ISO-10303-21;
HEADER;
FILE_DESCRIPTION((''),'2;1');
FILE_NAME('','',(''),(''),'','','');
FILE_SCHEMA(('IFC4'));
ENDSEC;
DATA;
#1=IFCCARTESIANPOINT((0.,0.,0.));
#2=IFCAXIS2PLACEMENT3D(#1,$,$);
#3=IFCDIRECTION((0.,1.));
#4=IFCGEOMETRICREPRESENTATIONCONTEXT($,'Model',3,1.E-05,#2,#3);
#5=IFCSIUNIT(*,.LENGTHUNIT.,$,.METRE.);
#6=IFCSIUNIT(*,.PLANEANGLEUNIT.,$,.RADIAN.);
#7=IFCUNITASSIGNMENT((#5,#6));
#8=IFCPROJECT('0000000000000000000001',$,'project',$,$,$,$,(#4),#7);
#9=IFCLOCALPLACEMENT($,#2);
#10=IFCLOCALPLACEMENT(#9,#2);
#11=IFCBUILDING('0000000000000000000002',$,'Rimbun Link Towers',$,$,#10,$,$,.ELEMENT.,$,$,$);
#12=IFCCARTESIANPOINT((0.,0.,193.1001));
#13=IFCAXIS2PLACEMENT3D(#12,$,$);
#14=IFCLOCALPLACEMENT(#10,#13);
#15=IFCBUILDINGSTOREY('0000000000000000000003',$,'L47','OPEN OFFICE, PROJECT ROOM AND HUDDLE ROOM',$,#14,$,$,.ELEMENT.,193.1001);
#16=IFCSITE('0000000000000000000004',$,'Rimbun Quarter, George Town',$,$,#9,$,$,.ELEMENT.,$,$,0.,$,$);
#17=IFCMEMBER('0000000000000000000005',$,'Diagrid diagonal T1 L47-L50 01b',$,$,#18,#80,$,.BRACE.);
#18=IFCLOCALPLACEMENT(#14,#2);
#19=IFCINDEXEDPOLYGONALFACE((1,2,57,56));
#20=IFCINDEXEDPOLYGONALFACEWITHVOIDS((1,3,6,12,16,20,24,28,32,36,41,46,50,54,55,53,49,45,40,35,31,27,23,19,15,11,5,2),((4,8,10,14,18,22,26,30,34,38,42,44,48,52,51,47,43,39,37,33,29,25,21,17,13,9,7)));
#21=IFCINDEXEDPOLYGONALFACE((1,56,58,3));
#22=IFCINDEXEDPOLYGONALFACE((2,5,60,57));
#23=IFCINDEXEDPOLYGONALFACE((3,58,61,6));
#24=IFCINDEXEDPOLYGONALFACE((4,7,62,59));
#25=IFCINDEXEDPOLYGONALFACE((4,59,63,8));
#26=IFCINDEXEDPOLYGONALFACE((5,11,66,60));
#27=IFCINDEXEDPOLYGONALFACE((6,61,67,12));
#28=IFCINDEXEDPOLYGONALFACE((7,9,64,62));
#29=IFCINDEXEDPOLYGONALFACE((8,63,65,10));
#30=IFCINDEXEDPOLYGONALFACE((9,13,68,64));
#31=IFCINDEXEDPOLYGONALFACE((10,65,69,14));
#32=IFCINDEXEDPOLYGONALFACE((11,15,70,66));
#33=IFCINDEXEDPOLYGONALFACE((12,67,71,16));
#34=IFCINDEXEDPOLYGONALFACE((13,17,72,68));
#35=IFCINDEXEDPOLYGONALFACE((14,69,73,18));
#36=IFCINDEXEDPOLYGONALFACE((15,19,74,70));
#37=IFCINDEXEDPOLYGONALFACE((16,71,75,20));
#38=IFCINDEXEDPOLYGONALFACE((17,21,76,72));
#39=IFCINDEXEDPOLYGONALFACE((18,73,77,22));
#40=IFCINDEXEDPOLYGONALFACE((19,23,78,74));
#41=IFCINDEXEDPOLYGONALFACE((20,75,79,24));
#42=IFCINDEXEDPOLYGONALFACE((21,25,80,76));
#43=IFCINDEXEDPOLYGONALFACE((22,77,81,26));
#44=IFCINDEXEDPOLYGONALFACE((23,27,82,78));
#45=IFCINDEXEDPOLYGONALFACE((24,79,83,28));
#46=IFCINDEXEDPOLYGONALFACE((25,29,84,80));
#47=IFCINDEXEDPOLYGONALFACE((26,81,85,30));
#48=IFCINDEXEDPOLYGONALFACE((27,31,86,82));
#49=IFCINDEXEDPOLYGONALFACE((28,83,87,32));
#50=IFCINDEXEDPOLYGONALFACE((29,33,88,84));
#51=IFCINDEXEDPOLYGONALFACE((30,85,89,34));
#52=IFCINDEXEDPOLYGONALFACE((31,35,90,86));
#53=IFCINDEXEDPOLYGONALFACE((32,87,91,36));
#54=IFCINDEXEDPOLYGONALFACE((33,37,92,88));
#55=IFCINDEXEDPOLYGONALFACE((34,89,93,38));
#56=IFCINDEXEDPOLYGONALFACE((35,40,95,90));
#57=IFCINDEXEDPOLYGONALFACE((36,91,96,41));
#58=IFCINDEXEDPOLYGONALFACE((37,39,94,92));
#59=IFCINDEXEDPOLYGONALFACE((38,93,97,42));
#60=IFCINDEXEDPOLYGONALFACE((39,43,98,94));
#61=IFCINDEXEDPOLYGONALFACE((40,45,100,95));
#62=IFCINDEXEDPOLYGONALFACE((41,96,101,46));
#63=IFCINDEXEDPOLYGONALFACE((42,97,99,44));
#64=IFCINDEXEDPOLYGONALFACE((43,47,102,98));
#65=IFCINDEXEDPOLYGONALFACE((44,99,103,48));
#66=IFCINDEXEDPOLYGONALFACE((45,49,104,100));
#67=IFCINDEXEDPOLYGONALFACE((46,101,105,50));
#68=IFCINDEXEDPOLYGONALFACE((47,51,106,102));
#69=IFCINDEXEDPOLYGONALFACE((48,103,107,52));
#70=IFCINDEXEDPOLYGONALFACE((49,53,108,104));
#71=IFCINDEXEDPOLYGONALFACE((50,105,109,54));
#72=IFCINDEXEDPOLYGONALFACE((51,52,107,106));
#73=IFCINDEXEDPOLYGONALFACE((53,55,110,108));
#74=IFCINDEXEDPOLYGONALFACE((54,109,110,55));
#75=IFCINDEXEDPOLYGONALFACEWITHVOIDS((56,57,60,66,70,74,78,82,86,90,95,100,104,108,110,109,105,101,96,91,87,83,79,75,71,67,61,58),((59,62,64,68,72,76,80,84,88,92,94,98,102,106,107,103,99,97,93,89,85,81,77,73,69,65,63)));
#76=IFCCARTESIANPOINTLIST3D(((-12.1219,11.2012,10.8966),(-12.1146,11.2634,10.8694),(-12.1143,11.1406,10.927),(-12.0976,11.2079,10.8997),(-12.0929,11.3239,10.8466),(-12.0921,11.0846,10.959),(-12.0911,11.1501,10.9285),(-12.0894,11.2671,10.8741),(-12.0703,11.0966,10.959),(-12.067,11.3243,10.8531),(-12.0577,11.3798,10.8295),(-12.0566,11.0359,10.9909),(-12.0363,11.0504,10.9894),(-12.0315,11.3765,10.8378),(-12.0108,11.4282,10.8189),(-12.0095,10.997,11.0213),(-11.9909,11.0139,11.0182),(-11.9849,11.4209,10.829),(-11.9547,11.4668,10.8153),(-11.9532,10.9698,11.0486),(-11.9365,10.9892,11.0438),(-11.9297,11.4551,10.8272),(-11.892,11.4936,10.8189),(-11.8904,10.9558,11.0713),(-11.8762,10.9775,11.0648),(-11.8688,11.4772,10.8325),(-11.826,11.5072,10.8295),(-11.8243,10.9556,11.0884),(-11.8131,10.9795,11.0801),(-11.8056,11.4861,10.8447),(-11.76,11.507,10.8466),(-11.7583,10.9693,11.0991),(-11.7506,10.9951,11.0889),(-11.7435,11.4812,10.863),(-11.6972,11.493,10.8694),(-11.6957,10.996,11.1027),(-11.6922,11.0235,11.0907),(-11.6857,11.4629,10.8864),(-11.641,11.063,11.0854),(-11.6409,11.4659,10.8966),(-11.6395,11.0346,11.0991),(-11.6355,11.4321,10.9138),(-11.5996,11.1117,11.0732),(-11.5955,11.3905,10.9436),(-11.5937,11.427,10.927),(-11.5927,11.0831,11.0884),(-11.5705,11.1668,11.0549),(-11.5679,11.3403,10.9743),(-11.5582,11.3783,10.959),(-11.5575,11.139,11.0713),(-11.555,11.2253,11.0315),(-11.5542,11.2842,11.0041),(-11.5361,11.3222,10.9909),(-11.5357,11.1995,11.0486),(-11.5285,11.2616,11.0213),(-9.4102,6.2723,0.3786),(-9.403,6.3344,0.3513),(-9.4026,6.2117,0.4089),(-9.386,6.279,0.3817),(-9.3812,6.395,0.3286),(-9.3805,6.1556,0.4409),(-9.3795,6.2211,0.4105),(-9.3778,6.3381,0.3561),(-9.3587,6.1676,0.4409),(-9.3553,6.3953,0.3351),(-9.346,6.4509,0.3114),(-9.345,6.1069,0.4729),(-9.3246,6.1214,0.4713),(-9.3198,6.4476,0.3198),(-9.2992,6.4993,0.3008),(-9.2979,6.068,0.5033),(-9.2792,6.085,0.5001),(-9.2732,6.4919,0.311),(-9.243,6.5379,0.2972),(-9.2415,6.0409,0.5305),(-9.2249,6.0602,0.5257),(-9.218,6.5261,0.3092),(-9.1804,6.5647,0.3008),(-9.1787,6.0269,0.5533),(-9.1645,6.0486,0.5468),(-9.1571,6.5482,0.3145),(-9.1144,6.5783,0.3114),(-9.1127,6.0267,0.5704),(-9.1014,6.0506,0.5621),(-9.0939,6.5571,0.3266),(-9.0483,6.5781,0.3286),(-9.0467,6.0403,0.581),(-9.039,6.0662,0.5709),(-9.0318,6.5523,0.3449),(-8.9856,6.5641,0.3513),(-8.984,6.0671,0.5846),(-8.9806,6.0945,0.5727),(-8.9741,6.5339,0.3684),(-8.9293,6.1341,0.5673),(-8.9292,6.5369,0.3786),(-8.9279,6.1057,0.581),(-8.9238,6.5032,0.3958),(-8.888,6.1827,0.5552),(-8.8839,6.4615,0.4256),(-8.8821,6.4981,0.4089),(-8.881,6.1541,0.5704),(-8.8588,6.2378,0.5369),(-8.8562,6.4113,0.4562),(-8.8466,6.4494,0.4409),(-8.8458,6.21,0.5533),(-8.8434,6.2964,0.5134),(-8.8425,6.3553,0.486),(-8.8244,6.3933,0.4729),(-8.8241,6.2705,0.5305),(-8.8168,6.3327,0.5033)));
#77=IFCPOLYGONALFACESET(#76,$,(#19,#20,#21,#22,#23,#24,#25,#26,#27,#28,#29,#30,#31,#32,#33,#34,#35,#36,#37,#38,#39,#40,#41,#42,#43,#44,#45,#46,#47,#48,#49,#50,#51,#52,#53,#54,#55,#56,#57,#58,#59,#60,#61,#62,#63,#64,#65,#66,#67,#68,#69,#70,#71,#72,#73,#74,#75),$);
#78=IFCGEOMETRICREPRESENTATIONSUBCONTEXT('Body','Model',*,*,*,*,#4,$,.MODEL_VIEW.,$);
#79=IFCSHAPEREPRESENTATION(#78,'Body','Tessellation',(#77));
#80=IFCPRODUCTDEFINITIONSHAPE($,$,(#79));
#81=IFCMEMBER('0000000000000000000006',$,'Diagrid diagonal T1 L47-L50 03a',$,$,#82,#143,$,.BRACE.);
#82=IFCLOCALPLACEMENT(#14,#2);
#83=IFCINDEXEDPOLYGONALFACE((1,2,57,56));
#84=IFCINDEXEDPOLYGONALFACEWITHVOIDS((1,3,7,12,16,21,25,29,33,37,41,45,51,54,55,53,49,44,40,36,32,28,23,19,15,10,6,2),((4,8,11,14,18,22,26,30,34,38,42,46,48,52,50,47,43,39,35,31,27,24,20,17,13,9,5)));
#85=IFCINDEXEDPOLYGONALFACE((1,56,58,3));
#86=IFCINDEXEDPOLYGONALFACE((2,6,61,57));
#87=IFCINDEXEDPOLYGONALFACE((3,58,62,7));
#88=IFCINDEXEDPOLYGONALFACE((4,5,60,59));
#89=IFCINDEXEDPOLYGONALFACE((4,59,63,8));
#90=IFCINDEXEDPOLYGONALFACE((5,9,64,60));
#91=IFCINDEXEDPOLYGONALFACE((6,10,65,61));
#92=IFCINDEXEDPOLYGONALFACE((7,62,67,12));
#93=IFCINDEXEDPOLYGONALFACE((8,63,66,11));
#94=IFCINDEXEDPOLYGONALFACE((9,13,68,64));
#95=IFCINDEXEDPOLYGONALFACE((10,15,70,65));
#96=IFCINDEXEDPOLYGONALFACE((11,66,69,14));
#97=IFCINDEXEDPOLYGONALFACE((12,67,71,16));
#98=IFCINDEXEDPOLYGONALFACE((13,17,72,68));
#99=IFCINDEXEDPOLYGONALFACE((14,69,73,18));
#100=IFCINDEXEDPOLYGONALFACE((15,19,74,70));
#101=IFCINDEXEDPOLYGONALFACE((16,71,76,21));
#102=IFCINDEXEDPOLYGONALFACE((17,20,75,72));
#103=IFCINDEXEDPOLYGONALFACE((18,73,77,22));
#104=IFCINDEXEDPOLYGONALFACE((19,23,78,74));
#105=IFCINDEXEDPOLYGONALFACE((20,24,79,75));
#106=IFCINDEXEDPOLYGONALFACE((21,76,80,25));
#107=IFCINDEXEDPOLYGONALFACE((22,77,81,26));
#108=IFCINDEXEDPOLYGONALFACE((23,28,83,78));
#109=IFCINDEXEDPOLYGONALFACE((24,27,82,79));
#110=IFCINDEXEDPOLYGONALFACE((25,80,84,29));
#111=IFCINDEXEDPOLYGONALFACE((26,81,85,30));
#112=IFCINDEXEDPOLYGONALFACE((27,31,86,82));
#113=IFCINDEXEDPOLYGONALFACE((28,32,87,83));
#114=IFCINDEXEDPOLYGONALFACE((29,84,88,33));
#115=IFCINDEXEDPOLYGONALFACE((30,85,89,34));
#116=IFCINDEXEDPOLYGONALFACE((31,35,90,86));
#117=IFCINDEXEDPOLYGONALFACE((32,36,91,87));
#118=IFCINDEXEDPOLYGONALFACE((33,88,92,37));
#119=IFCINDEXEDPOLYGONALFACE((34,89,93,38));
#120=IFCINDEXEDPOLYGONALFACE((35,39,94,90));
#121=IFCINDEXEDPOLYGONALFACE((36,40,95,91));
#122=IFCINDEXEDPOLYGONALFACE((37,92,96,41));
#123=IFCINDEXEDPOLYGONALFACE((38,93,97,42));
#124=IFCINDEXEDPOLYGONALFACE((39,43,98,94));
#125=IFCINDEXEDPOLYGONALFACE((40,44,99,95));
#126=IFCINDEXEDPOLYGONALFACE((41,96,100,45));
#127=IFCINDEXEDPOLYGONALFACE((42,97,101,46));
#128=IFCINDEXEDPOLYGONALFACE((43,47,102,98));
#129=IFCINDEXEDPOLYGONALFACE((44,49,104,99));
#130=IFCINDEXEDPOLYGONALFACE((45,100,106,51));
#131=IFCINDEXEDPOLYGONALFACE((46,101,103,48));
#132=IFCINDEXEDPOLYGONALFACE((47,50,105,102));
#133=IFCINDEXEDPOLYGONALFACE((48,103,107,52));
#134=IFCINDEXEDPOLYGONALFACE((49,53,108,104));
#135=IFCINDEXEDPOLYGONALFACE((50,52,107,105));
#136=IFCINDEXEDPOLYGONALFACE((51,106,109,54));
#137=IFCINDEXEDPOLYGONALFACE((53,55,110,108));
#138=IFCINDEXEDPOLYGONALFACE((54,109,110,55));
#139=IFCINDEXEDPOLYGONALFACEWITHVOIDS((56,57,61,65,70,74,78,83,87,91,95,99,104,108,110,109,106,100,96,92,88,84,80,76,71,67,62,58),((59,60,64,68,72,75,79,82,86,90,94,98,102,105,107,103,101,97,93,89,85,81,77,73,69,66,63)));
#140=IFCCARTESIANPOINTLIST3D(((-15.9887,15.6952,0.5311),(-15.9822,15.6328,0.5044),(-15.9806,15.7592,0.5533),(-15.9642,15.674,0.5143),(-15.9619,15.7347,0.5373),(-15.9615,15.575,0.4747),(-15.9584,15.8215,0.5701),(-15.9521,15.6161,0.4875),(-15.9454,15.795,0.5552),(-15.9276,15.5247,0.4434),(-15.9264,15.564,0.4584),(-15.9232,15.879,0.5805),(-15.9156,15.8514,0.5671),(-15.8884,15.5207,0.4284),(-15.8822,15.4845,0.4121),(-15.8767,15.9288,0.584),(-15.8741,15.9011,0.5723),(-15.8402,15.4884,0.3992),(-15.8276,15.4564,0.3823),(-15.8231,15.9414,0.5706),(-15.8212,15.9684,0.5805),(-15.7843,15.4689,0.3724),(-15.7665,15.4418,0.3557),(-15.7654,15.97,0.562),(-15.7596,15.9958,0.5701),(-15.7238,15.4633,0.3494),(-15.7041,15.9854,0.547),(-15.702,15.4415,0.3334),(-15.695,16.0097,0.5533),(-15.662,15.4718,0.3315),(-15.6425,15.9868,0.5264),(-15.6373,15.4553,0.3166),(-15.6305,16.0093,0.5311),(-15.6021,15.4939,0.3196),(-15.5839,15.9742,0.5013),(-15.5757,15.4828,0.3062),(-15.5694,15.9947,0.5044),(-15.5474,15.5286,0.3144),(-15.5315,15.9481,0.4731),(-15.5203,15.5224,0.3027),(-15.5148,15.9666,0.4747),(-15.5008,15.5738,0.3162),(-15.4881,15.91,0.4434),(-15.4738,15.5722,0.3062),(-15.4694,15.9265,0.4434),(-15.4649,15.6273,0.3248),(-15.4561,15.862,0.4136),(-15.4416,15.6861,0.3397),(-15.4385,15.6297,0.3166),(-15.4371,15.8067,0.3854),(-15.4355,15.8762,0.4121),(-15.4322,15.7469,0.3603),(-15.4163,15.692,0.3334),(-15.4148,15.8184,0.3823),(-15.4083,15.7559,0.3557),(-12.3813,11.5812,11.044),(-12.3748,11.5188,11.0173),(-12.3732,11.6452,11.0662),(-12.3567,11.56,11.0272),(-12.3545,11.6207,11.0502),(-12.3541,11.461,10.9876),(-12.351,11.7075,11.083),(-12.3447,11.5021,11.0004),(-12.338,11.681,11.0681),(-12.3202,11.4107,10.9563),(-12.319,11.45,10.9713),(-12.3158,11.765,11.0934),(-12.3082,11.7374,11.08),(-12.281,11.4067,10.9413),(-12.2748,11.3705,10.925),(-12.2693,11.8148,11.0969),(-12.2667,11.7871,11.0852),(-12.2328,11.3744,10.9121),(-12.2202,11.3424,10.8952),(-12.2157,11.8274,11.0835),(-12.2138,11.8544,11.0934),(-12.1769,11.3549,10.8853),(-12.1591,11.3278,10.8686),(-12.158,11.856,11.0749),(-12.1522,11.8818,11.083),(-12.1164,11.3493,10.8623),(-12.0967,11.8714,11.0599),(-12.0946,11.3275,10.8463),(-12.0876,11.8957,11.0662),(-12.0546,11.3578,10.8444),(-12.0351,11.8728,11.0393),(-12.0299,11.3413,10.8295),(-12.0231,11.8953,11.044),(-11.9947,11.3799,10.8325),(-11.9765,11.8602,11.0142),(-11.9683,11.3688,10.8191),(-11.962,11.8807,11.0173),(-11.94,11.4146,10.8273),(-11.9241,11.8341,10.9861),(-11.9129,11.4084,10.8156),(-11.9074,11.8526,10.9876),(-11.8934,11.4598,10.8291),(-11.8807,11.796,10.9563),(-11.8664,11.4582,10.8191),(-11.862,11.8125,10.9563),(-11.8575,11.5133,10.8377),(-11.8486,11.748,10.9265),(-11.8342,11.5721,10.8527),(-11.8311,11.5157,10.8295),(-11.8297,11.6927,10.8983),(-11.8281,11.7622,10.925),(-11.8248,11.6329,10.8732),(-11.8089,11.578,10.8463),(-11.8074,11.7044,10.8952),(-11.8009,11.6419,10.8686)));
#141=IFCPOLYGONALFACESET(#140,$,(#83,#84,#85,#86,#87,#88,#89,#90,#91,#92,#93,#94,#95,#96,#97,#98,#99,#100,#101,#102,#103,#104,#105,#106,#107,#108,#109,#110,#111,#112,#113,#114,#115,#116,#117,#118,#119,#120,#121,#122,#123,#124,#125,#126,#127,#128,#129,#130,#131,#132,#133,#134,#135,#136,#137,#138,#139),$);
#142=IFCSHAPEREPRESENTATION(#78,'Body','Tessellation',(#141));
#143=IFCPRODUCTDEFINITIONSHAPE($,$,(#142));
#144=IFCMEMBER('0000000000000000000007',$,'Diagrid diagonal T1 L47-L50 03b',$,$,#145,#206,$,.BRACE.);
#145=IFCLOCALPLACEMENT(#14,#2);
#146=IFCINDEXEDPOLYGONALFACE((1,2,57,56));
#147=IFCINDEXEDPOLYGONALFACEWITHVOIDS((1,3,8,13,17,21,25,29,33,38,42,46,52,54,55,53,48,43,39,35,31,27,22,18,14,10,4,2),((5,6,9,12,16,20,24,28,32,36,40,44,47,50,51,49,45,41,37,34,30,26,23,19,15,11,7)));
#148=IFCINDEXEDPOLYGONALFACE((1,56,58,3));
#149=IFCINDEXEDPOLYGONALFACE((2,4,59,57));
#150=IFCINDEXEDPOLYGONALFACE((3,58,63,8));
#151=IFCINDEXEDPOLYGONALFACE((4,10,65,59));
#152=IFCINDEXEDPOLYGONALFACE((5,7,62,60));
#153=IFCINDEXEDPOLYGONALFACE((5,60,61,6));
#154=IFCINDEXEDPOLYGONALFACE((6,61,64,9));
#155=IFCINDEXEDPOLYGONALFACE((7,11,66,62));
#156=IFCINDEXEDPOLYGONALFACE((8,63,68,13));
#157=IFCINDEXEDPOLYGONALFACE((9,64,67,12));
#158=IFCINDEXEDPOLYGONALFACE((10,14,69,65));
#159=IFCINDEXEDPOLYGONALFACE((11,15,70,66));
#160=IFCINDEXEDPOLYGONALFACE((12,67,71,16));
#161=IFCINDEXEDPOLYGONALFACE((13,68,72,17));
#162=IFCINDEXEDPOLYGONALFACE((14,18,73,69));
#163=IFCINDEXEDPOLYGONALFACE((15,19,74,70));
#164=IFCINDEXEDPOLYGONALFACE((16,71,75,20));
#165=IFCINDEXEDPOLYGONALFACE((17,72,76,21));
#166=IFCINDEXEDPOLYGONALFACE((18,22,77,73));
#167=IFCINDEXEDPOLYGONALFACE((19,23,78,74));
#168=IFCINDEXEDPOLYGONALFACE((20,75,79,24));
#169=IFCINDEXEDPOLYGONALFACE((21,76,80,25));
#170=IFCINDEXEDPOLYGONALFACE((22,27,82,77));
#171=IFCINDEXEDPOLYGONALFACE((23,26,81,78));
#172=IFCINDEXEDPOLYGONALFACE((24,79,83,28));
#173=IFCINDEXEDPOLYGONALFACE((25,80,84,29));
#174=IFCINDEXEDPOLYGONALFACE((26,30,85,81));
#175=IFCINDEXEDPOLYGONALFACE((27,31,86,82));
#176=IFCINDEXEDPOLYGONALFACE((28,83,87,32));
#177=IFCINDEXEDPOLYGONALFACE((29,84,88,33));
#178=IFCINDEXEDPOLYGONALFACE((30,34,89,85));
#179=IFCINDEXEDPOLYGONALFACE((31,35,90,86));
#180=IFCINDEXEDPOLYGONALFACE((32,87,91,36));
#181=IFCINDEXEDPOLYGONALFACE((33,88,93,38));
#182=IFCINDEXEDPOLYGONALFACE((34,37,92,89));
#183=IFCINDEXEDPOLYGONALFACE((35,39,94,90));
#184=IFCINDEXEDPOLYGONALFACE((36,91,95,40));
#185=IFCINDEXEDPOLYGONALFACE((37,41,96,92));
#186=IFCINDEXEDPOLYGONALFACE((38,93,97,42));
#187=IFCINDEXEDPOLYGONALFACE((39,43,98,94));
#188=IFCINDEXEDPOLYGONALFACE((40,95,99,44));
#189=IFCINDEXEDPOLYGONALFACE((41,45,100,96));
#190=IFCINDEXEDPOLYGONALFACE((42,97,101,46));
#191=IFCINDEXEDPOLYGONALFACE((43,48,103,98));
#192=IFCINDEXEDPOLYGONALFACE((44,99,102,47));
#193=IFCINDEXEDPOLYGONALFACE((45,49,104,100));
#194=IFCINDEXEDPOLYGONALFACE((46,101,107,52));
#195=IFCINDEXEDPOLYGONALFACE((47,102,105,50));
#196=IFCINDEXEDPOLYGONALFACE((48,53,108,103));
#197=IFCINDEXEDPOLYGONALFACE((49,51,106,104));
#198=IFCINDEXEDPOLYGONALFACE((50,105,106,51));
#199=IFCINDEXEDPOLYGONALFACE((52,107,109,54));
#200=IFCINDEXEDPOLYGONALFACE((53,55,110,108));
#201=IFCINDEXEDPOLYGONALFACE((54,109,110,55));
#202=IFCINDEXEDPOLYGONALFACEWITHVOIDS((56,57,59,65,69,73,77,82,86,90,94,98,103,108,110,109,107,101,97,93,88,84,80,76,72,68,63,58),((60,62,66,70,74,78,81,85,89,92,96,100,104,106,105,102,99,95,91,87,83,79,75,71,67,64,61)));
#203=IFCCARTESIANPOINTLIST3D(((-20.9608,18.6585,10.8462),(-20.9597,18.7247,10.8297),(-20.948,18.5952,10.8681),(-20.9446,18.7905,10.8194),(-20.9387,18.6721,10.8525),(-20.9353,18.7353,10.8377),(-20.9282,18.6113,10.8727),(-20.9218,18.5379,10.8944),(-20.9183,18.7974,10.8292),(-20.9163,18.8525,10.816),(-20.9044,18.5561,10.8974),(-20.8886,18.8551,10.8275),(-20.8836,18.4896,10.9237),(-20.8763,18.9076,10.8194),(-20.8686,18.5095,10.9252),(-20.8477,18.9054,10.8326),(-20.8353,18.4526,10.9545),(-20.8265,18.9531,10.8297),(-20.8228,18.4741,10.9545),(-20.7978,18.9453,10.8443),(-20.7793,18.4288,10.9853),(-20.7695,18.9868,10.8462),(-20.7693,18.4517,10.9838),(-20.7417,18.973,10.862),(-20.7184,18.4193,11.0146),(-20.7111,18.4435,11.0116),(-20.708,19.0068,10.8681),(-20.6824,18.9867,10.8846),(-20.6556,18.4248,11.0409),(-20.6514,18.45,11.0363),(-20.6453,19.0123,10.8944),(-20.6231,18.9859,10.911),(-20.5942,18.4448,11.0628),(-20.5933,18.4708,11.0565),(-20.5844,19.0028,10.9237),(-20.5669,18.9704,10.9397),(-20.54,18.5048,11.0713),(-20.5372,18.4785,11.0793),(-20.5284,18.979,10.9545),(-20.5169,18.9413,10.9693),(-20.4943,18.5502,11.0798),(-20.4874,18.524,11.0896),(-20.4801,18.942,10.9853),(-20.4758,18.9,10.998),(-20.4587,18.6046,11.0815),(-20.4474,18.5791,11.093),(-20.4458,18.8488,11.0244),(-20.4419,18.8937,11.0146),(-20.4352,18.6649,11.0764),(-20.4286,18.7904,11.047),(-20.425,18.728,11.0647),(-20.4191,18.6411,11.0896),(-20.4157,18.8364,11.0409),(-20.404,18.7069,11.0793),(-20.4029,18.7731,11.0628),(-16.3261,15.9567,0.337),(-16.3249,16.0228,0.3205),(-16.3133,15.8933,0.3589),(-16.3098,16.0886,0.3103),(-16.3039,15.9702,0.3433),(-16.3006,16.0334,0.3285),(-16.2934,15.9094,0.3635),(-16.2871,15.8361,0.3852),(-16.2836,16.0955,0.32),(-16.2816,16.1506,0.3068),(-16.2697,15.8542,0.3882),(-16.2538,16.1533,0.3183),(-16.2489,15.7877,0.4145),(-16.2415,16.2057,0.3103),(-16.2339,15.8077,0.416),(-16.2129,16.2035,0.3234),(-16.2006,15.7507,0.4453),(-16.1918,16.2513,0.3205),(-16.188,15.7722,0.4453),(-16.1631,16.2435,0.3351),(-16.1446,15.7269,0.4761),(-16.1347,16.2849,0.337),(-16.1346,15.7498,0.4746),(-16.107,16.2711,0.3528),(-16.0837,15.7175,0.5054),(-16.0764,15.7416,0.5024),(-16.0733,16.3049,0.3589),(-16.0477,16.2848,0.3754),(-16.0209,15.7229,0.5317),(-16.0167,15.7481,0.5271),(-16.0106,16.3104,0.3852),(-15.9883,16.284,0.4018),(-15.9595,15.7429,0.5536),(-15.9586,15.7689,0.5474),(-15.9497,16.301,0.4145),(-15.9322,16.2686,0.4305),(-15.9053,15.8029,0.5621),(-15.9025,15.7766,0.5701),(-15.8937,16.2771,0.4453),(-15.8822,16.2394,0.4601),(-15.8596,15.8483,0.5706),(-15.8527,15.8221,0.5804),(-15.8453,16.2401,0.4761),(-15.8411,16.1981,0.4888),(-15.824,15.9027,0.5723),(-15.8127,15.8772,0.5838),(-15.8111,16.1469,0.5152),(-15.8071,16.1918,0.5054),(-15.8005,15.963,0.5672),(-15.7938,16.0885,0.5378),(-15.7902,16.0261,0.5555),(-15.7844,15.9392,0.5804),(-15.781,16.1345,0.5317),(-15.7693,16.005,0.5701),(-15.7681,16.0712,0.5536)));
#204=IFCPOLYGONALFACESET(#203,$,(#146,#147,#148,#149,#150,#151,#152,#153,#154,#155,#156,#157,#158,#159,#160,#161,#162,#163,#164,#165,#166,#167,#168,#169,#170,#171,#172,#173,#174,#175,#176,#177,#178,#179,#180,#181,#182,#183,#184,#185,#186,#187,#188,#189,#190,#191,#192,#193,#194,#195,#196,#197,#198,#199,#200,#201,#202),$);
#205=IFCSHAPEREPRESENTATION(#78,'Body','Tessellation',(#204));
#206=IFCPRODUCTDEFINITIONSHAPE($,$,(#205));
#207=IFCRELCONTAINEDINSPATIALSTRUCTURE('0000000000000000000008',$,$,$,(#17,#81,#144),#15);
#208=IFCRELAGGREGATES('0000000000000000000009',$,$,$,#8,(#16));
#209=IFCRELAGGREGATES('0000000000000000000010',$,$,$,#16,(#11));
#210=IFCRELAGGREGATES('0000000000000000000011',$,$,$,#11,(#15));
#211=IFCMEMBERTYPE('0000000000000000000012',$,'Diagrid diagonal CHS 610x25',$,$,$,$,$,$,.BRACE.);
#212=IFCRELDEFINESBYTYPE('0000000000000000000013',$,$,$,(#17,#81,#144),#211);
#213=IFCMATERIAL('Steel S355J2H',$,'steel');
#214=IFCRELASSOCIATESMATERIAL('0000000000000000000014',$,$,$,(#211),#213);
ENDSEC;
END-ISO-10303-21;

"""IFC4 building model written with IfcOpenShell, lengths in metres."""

from ifc_helpers import new_model, si_unit, direction, frame, origin, origin_2d, place, context, subcontext, project, spatial, hollow_circle, extrude, material, material_profile, profile_set, type_object, element, save


model = new_model("IFC4")

# Units and contexts
model_context = context("Model", 3, precision=1e-05, world=origin(), true_north=direction((0.0, 1.0)))
body_context = subcontext(model_context, "Body", "Model", "MODEL_VIEW")
ifc_project = project(units=[si_unit("LENGTHUNIT", "METRE"), si_unit("PLANEANGLEUNIT", "RADIAN")], contexts=[model_context])

# Site, building, storey
site_placement = place(None, origin())
site = spatial("IfcSite", under=ifc_project, at=site_placement, Name="Rimbun Quarter, George Town", CompositionType="ELEMENT", RefElevation=0.0)
building_placement = place(site_placement, origin())
building = spatial("IfcBuilding", under=site, at=building_placement, Name="Rimbun Link Towers", CompositionType="ELEMENT")
storey_placement = place(building_placement, frame((0.0, 0.0, 193.1001)))
storey = spatial("IfcBuildingStorey", under=building, at=storey_placement, Name="L47", Description="OPEN OFFICE, PROJECT ROOM AND HUDDLE ROOM", CompositionType="ELEMENT", Elevation=193.1001)

# Members
ifc_material_1 = material(Name="Steel S355J2H", Category="steel")
ifc_material_profile_1 = material_profile(ifc_material_1, hollow_circle(Radius=0.3047, WallThickness=0.0249, at=origin_2d()), Name="Diagrid diagonal CHS 610x25")
ifc_profile_set_1 = profile_set([ifc_material_profile_1], Name="Steel S355J2H")
member_type_1 = type_object("IfcMemberType", Name="Diagrid diagonal CHS 610x25", PredefinedType="BRACE", material=ifc_profile_set_1)
member_1_placement = place(storey_placement, frame((-9.1135, 6.3025, 0.4409), z_axis=(-0.227336, 0.413225, 0.881795), x_axis=(-0.87616, -0.48202, 0.0)))
element("IfcMember", 1, at=member_1_placement, inside=storey, type_object=member_type_1, Name="Diagrid diagonal T1 L47-L50 01b", PredefinedType="BRACE", context=body_context, shape_type="SweptSolid", body=[
    extrude(hollow_circle(Radius=0.3047, WallThickness=0.0249, at=origin_2d()), origin(), (0.0, 0.0, 1.0), 11.928),
])
member_2_placement = place(storey_placement, frame((-15.6985, 15.7256, 0.4434), z_axis=(0.304383, -0.347127, 0.887048), x_axis=(0.751883, 0.659297, 0.0)))
element("IfcMember", 2, at=member_2_placement, inside=storey, type_object=member_type_1, Name="Diagrid diagonal T1 L47-L50 03a", PredefinedType="BRACE", context=body_context, shape_type="SweptSolid", body=[
    extrude(hollow_circle(Radius=0.3047, WallThickness=0.0249, at=origin_2d()), origin(), (0.0, 0.0, 1.0), 11.8516),
])
member_3_placement = place(storey_placement, frame((-16.0471, 16.0139, 0.4453), z_axis=(-0.392796, 0.228986, 0.890661), x_axis=(-0.503633, -0.863918, 0.0)))
element("IfcMember", 3, at=member_3_placement, inside=storey, type_object=member_type_1, Name="Diagrid diagonal T1 L47-L50 03b", PredefinedType="BRACE", context=body_context, shape_type="SweptSolid", body=[
    extrude(hollow_circle(Radius=0.3047, WallThickness=0.0249, at=origin_2d()), origin(), (0.0, 0.0, 1.0), 11.7993),
])

save(model, "model.ifc")
